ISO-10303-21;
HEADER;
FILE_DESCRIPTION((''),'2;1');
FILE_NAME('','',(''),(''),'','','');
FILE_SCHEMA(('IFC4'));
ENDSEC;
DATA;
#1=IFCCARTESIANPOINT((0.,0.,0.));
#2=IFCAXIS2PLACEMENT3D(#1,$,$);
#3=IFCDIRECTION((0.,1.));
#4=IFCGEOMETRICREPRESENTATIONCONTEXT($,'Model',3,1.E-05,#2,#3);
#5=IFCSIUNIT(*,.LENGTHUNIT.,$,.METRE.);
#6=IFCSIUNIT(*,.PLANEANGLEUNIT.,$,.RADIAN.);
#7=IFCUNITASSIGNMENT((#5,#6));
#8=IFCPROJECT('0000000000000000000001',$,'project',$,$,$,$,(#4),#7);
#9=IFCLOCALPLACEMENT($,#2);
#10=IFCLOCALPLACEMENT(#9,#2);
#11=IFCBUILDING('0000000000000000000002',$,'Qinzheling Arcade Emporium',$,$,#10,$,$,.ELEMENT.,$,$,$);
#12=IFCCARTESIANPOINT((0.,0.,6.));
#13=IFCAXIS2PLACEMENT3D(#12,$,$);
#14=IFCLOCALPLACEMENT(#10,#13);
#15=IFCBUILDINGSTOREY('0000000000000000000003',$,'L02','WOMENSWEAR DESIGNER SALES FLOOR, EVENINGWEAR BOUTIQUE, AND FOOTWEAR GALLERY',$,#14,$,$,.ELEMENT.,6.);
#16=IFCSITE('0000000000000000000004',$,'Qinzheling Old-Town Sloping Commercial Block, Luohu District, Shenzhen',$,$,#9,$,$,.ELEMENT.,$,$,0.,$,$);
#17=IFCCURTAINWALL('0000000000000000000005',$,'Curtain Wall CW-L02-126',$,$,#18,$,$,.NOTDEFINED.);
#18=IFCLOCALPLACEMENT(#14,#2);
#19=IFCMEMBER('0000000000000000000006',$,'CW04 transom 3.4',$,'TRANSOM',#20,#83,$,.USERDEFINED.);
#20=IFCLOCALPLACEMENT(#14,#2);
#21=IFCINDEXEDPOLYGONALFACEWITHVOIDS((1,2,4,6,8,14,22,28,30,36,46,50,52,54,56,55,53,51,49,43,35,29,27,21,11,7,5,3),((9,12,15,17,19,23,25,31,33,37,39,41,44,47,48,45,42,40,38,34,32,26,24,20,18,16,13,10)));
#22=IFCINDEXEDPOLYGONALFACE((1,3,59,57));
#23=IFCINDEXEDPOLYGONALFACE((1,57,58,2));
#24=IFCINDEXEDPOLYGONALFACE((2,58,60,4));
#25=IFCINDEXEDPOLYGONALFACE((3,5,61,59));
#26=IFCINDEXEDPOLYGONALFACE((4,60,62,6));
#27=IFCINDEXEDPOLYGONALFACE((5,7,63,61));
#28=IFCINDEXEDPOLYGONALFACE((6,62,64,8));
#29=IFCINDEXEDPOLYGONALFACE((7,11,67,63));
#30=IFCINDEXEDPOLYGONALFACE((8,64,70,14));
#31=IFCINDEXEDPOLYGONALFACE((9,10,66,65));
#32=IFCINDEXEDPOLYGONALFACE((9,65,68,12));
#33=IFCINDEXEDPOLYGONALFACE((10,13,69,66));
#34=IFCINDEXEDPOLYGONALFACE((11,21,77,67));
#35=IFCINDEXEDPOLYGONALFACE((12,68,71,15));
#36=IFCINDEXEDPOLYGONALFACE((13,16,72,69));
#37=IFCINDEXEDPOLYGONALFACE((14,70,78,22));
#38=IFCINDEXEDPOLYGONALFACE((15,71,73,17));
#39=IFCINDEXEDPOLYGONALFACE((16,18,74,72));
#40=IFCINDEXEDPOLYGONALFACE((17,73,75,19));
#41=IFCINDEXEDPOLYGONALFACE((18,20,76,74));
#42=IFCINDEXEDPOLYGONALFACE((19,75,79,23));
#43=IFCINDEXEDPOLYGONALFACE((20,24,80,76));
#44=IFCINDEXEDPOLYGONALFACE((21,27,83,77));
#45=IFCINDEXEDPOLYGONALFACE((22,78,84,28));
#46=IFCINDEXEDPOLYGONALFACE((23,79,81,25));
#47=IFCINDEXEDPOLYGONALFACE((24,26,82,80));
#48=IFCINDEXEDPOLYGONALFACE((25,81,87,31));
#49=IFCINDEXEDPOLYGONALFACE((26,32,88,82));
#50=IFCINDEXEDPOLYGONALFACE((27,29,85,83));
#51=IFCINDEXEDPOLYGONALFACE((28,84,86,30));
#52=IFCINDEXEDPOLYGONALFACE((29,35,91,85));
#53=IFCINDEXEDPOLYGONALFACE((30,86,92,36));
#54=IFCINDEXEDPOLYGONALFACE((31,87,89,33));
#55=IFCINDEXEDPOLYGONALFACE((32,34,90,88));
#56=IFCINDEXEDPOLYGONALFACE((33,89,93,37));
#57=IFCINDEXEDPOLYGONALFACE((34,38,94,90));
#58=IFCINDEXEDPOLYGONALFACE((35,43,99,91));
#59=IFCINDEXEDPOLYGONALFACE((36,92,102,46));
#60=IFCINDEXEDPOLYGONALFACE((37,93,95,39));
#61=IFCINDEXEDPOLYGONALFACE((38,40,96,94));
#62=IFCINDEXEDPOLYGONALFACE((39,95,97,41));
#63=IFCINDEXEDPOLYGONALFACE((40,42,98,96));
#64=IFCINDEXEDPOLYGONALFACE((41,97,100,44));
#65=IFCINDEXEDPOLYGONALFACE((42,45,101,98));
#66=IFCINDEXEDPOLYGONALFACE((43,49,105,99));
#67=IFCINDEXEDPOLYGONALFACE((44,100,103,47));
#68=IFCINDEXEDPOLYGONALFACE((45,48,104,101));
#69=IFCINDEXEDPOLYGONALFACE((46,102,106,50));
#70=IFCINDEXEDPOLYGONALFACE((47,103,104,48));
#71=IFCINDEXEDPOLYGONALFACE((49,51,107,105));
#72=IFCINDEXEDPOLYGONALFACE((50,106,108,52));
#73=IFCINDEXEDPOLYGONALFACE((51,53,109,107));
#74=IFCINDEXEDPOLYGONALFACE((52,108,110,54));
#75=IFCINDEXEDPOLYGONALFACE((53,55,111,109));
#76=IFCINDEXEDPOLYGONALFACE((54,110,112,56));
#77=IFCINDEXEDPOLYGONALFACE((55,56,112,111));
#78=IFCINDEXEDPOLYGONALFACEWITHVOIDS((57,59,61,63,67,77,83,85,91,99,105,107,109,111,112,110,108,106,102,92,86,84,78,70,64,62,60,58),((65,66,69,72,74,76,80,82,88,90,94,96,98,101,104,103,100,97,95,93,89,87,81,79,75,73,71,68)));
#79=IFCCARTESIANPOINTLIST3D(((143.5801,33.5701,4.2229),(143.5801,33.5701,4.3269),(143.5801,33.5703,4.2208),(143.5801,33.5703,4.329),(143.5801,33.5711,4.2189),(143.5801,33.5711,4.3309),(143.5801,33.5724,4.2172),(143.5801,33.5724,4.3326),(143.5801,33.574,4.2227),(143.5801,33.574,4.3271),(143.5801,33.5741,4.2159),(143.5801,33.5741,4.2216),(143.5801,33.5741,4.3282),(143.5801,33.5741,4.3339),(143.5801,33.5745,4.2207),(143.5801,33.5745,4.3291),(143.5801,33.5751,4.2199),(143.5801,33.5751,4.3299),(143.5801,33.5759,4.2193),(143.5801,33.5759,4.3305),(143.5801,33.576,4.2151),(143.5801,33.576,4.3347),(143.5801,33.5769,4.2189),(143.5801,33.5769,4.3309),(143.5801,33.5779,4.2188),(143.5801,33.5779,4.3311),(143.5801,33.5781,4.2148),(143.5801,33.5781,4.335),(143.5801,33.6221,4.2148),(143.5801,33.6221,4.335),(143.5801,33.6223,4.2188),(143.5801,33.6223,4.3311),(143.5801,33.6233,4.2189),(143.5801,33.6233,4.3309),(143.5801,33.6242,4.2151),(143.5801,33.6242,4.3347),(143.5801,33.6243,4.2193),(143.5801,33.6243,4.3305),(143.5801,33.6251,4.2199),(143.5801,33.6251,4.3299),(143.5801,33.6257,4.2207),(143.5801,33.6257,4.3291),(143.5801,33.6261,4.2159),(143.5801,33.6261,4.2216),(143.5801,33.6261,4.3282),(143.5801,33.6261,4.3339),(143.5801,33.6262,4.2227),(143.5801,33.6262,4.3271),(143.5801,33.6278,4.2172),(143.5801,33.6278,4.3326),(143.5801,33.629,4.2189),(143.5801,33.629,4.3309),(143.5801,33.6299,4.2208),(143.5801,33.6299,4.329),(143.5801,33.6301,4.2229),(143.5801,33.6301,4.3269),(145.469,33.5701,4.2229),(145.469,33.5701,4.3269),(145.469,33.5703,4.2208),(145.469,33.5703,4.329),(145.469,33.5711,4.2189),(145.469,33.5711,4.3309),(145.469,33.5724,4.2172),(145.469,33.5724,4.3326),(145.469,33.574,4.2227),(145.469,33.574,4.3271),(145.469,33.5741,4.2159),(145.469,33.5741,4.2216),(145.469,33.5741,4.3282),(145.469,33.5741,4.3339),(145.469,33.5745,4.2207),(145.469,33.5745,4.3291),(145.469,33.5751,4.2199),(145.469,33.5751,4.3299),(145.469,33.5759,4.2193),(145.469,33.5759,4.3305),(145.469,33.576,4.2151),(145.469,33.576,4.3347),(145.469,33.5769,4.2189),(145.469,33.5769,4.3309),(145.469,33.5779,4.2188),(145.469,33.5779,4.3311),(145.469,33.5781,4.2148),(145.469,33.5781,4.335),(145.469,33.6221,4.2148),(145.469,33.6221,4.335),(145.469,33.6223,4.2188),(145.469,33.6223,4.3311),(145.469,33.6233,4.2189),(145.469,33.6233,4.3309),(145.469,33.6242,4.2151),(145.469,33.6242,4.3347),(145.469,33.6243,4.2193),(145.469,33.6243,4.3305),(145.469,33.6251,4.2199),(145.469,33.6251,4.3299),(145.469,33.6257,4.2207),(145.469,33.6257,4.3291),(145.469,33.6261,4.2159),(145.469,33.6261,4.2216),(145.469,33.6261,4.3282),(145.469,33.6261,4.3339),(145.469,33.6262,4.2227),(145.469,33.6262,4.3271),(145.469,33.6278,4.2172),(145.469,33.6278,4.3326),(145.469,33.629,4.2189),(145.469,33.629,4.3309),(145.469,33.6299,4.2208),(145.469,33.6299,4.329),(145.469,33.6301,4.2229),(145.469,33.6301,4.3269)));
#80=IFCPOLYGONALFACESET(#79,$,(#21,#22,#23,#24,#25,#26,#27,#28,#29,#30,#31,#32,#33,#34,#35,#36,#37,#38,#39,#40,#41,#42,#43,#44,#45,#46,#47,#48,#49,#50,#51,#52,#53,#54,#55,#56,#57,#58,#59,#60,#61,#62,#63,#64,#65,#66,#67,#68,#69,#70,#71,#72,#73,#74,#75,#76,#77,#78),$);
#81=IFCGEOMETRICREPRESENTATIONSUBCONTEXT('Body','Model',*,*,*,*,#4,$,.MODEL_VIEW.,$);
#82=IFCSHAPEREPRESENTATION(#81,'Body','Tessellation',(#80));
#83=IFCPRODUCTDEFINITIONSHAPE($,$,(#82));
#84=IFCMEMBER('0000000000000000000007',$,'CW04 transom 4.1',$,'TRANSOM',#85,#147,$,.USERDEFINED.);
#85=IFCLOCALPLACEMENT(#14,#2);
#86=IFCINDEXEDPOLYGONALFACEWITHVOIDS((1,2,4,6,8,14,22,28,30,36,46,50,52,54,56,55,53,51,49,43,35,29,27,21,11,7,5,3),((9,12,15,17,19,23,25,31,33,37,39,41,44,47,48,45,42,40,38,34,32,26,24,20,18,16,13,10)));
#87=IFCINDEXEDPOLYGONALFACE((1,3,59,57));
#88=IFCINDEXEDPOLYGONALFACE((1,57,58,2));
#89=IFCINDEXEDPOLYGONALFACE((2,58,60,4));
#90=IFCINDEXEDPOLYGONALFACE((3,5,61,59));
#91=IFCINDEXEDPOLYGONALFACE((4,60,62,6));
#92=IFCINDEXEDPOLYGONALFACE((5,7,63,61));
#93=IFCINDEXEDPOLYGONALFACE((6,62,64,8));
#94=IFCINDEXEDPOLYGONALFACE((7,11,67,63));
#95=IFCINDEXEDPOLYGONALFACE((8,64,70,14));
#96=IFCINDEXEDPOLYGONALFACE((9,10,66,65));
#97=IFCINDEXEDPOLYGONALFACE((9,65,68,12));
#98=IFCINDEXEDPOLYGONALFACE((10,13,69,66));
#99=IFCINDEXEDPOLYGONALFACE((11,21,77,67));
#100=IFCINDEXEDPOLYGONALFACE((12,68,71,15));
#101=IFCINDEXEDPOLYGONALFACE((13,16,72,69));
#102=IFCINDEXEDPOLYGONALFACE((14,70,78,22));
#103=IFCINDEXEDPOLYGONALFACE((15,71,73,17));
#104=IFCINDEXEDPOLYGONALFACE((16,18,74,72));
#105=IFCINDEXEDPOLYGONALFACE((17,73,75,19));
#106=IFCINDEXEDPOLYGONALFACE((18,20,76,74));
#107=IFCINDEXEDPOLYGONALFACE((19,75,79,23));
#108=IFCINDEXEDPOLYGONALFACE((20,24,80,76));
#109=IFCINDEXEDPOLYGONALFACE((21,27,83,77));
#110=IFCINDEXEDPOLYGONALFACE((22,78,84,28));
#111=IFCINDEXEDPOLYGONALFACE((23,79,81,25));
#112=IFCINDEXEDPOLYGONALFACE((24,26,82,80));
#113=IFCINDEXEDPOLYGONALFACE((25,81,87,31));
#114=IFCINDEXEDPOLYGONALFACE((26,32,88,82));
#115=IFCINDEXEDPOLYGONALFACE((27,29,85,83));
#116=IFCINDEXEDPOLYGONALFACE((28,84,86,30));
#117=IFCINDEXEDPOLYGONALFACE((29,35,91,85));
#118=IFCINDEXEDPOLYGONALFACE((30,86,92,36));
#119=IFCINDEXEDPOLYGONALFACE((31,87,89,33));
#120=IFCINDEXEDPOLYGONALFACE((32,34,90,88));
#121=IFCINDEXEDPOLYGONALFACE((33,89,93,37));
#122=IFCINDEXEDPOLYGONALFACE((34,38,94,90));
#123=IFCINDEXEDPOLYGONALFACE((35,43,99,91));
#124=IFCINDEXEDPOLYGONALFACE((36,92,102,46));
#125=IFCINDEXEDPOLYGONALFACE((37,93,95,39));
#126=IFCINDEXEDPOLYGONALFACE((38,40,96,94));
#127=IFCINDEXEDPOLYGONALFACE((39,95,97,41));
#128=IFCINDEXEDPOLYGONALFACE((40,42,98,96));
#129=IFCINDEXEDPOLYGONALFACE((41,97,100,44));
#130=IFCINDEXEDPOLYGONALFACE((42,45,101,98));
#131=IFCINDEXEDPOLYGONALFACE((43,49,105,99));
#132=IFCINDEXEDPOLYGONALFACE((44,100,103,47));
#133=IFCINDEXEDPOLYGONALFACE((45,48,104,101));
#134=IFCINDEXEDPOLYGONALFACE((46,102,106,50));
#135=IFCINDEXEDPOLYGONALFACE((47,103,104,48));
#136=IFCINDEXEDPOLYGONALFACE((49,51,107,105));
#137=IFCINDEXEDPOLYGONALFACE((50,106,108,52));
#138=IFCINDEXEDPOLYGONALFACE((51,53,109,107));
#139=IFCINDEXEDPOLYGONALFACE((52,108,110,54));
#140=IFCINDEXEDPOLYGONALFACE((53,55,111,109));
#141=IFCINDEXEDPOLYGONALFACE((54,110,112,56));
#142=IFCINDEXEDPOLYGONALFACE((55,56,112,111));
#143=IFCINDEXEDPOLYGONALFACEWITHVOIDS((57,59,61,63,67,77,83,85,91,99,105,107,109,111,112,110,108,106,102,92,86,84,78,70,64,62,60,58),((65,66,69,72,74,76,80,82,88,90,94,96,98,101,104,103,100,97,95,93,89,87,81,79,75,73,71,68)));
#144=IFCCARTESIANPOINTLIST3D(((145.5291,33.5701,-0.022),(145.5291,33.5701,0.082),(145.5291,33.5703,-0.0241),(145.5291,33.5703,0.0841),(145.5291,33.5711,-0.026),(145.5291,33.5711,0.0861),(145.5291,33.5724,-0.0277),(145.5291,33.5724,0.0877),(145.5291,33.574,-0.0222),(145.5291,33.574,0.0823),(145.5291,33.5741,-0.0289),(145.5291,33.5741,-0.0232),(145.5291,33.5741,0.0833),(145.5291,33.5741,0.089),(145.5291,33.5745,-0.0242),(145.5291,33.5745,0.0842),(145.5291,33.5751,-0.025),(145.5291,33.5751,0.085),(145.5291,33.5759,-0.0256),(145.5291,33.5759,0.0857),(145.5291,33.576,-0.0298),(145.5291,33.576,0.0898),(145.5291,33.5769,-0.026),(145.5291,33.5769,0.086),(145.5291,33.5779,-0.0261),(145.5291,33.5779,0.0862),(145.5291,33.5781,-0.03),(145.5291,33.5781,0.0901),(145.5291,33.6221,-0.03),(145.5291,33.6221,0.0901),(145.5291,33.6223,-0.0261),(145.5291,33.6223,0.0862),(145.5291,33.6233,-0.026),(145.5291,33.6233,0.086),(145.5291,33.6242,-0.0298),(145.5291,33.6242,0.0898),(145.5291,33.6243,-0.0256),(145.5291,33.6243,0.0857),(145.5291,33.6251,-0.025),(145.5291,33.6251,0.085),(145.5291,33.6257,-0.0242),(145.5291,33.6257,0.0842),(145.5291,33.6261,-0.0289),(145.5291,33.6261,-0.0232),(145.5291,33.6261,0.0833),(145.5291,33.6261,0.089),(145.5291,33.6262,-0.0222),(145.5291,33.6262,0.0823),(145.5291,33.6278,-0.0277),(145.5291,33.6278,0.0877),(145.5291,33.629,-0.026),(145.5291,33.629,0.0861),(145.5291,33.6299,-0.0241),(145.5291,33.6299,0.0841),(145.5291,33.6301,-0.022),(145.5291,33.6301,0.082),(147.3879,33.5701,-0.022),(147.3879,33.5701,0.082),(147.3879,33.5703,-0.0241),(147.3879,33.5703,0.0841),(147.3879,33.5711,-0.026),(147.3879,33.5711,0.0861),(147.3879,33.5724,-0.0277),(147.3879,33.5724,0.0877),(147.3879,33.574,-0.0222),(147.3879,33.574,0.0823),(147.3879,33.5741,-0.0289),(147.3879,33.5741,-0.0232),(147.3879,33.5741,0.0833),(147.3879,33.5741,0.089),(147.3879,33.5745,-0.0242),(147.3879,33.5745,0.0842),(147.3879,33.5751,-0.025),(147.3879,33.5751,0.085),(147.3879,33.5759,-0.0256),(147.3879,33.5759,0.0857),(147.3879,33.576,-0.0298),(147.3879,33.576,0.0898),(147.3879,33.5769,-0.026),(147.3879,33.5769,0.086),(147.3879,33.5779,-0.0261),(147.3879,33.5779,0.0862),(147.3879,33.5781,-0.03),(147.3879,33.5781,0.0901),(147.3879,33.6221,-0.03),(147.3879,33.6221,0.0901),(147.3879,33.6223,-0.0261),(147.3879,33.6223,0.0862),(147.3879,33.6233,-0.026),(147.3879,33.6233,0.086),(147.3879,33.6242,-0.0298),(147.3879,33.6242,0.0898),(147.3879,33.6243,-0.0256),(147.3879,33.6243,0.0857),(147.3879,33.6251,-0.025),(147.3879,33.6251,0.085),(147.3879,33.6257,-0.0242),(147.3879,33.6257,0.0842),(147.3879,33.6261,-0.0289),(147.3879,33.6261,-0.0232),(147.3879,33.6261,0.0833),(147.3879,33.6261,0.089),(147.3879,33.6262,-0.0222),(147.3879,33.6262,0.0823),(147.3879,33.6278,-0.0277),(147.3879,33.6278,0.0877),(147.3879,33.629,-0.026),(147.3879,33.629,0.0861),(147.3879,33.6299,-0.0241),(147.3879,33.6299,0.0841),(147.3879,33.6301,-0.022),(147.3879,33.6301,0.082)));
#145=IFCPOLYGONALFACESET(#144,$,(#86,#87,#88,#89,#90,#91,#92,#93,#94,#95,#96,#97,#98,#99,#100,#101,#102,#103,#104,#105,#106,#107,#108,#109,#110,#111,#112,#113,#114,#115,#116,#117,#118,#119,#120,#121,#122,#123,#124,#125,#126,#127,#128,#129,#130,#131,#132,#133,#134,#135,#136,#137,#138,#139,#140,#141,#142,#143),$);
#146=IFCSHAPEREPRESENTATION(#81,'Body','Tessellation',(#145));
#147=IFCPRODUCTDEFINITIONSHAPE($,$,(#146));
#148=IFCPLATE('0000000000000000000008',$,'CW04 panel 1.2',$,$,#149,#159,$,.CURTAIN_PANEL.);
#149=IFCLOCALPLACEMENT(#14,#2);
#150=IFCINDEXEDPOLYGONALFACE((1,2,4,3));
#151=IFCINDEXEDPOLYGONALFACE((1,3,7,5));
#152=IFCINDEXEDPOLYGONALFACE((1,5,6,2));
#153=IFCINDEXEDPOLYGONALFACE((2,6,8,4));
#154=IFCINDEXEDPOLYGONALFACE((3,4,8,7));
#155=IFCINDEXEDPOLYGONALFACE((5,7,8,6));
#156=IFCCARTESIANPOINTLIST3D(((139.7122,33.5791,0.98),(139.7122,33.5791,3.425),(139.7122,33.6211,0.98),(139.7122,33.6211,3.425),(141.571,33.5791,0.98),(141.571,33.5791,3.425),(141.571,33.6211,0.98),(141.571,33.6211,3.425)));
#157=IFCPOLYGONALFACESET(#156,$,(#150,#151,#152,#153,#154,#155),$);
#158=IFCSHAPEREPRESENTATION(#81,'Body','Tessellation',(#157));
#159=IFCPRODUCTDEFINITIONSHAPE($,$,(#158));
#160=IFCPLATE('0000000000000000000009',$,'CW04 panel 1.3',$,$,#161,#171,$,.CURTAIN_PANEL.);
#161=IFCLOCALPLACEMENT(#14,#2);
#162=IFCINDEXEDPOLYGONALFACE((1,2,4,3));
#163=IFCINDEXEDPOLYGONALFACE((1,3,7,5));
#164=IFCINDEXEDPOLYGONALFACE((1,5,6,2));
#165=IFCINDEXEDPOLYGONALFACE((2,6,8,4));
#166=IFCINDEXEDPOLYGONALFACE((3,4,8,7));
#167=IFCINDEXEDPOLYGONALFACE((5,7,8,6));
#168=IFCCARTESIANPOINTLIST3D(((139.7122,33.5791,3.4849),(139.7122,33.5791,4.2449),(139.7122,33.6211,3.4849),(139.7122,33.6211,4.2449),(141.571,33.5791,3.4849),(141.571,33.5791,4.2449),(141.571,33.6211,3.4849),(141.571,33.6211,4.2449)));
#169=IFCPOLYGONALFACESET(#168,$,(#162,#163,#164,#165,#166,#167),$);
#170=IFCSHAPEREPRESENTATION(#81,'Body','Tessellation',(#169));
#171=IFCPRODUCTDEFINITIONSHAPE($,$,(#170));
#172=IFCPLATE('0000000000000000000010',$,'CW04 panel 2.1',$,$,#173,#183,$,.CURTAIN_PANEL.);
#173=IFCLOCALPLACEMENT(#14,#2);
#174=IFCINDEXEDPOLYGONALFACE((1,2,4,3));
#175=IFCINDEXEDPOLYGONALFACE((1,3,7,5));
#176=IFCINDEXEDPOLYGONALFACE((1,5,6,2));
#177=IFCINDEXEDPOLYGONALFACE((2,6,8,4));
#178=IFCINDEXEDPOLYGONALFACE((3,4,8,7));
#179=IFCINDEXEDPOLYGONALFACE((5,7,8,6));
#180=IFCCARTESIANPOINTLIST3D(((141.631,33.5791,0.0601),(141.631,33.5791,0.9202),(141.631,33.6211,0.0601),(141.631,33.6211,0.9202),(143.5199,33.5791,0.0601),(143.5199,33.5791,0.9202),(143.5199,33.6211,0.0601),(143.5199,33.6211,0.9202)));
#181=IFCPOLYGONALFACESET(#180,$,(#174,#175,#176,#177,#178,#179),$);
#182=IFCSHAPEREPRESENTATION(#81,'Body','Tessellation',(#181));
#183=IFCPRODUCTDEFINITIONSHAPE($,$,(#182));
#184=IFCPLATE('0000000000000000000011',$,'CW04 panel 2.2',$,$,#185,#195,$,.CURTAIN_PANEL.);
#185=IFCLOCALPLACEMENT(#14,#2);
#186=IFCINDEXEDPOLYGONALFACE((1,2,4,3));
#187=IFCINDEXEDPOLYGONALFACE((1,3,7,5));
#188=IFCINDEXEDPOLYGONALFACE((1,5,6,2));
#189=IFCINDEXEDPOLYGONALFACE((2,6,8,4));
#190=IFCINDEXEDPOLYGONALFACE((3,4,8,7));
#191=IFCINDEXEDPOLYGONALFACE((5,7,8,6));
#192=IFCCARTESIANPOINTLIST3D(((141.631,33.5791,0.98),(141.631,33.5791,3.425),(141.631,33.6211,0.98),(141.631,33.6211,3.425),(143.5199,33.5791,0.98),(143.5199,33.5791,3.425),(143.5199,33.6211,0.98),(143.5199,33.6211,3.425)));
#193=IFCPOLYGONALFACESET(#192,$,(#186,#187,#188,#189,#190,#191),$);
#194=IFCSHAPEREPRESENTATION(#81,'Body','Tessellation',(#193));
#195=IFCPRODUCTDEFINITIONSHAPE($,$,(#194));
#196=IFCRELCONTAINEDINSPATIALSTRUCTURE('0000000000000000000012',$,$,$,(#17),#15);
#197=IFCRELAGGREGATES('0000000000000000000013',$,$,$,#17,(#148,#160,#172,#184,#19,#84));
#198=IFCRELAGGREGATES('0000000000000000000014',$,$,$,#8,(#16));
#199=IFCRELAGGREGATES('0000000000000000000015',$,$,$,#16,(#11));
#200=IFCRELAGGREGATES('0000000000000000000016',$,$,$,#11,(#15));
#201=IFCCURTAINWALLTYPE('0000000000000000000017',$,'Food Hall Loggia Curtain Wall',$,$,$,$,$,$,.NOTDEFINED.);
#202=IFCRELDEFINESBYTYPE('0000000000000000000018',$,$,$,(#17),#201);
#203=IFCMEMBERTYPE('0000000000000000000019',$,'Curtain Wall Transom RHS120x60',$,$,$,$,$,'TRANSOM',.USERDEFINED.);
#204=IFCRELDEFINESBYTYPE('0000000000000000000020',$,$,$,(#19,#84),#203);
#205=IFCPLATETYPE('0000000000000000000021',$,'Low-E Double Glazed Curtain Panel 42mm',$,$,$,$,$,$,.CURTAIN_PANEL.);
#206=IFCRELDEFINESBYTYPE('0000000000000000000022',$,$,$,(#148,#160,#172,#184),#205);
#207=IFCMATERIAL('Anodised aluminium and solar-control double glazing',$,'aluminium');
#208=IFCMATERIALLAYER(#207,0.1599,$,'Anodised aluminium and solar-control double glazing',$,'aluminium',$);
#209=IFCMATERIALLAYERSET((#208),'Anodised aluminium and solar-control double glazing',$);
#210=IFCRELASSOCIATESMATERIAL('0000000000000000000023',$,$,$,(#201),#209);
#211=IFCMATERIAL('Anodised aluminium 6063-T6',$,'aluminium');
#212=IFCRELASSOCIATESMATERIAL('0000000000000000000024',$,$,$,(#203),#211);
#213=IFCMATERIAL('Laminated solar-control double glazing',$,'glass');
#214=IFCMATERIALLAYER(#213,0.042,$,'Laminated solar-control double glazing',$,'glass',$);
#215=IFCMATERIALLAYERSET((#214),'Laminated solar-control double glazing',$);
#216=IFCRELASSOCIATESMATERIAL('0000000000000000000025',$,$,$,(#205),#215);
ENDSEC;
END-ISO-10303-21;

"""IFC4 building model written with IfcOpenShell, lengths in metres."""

from ifc_helpers import new_model, si_unit, direction, frame, origin, origin_2d, place, context, subcontext, project, spatial, rectangle, hollow_rectangle, extrude, material, layer, layer_set, material_profile, profile_set, type_object, element, aggregate, save


model = new_model("IFC4")

# Units and contexts
model_context = context("Model", 3, precision=1e-05, world=origin(), true_north=direction((0.0, 1.0)))
body_context = subcontext(model_context, "Body", "Model", "MODEL_VIEW")
ifc_project = project(units=[si_unit("LENGTHUNIT", "METRE"), si_unit("PLANEANGLEUNIT", "RADIAN")], contexts=[model_context])

# Site, building, storey
site_placement = place(None, origin())
site = spatial("IfcSite", under=ifc_project, at=site_placement, Name="Qinzheling Old-Town Sloping Commercial Block, Luohu District, Shenzhen", CompositionType="ELEMENT", RefElevation=0.0)
building_placement = place(site_placement, origin())
building = spatial("IfcBuilding", under=site, at=building_placement, Name="Qinzheling Arcade Emporium", CompositionType="ELEMENT")
storey_placement = place(building_placement, frame((0.0, 0.0, 6.0)))
storey = spatial("IfcBuildingStorey", under=building, at=storey_placement, Name="L02", Description="WOMENSWEAR DESIGNER SALES FLOOR, EVENINGWEAR BOUTIQUE, AND FOOTWEAR GALLERY", CompositionType="ELEMENT", Elevation=6.0)

# Curtain wall, members, plates
ifc_material_1 = material(Name="Anodised aluminium and solar-control double glazing", Category="aluminium")
ifc_layer_1 = layer(ifc_material_1, 0.1599, Name="Anodised aluminium and solar-control double glazing", Category="aluminium")
ifc_layer_set_1 = layer_set([ifc_layer_1], Name="Anodised aluminium and solar-control double glazing")
curtain_wall_type = type_object("IfcCurtainWallType", Name="Food Hall Loggia Curtain Wall", PredefinedType="NOTDEFINED", material=ifc_layer_set_1)
curtain_wall_placement = place(storey_placement, origin())
curtain_wall = element("IfcCurtainWall", 1, at=curtain_wall_placement, inside=storey, type_object=curtain_wall_type, Name="Curtain Wall CW-L02-126", PredefinedType="NOTDEFINED")
ifc_material_2 = material(Name="Anodised aluminium 6063-T6", Category="aluminium")
ifc_material_profile_1 = material_profile(ifc_material_2, hollow_rectangle(XDim=0.0601, YDim=0.1201, WallThickness=0.0039, InnerFilletRadius=0.0039, OuterFilletRadius=0.0081, at=origin_2d()), Name="RHS 120x60x4", Category="aluminium")
ifc_profile_set_1 = profile_set([ifc_material_profile_1], Name="Anodised aluminium 6063-T6")
member_type_1 = type_object("IfcMemberType", Name="Curtain Wall Transom RHS120x60", ElementType="TRANSOM", PredefinedType="USERDEFINED", material=ifc_profile_set_1)
member_1_placement = place(storey_placement, frame((143.5801, 33.6001, 4.2749), z_axis=(1.0, 0.0, 0.0), x_axis=(0.0, 1.0, 0.0)))
member_1 = element("IfcMember", 2, at=member_1_placement, type_object=member_type_1, Name="CW04 transom 3.4", ObjectType="TRANSOM", PredefinedType="USERDEFINED", context=body_context, shape_type="SweptSolid", body=[
    extrude(hollow_rectangle(XDim=0.0601, YDim=0.1201, WallThickness=0.0039, InnerFilletRadius=0.0039, OuterFilletRadius=0.0081, at=origin_2d()), origin(), (0.0, 0.0, 1.0), 1.8889),
])
member_2_placement = place(storey_placement, frame((145.5291, 33.6001, 0.03), z_axis=(1.0, 0.0, 0.0), x_axis=(0.0, 1.0, 0.0)))
member_2 = element("IfcMember", 3, at=member_2_placement, type_object=member_type_1, Name="CW04 transom 4.1", ObjectType="TRANSOM", PredefinedType="USERDEFINED", context=body_context, shape_type="SweptSolid", body=[
    extrude(hollow_rectangle(XDim=0.0601, YDim=0.1201, WallThickness=0.0039, InnerFilletRadius=0.0039, OuterFilletRadius=0.0081, at=origin_2d()), origin(), (0.0, 0.0, 1.0), 1.8589),
])
ifc_material_3 = material(Name="Laminated solar-control double glazing", Category="glass")
ifc_layer_2 = layer(ifc_material_3, 0.042, Name="Laminated solar-control double glazing", Category="glass")
ifc_layer_set_2 = layer_set([ifc_layer_2], Name="Laminated solar-control double glazing")
plate_type_1 = type_object("IfcPlateType", Name="Low-E Double Glazed Curtain Panel 42mm", PredefinedType="CURTAIN_PANEL", material=ifc_layer_set_2)
plate_1_placement = place(storey_placement, frame((140.6416, 33.6001, 0.98), z_axis=(0.0, 0.0, 1.0), x_axis=(1.0, 0.0, 0.0)))
plate_1 = element("IfcPlate", 4, at=plate_1_placement, type_object=plate_type_1, Name="CW04 panel 1.2", PredefinedType="CURTAIN_PANEL", context=body_context, shape_type="SweptSolid", body=[
    extrude(rectangle(XDim=1.8589, YDim=0.042, at=origin_2d()), origin(), (0.0, 0.0, 1.0), 2.4451),
])
plate_2_placement = place(storey_placement, frame((140.6416, 33.6001, 3.4849), z_axis=(0.0, 0.0, 1.0), x_axis=(1.0, 0.0, 0.0)))
plate_2 = element("IfcPlate", 5, at=plate_2_placement, type_object=plate_type_1, Name="CW04 panel 1.3", PredefinedType="CURTAIN_PANEL", context=body_context, shape_type="SweptSolid", body=[
    extrude(rectangle(XDim=1.8589, YDim=0.042, at=origin_2d()), origin(), (0.0, 0.0, 1.0), 0.76),
])
plate_3_placement = place(storey_placement, frame((142.5754, 33.6001, 0.0601), z_axis=(0.0, 0.0, 1.0), x_axis=(1.0, 0.0, 0.0)))
plate_3 = element("IfcPlate", 6, at=plate_3_placement, type_object=plate_type_1, Name="CW04 panel 2.1", PredefinedType="CURTAIN_PANEL", context=body_context, shape_type="SweptSolid", body=[
    extrude(rectangle(XDim=1.8889, YDim=0.042, at=origin_2d()), origin(), (0.0, 0.0, 1.0), 0.8601),
])
plate_4_placement = place(storey_placement, frame((142.5754, 33.6001, 0.98), z_axis=(0.0, 0.0, 1.0), x_axis=(1.0, 0.0, 0.0)))
plate_4 = element("IfcPlate", 7, at=plate_4_placement, type_object=plate_type_1, Name="CW04 panel 2.2", PredefinedType="CURTAIN_PANEL", context=body_context, shape_type="SweptSolid", body=[
    extrude(rectangle(XDim=1.8889, YDim=0.042, at=origin_2d()), origin(), (0.0, 0.0, 1.0), 2.4451),
])
aggregate(curtain_wall, [plate_1, plate_2, plate_3, plate_4, member_1, member_2])

save(model, "model.ifc")
